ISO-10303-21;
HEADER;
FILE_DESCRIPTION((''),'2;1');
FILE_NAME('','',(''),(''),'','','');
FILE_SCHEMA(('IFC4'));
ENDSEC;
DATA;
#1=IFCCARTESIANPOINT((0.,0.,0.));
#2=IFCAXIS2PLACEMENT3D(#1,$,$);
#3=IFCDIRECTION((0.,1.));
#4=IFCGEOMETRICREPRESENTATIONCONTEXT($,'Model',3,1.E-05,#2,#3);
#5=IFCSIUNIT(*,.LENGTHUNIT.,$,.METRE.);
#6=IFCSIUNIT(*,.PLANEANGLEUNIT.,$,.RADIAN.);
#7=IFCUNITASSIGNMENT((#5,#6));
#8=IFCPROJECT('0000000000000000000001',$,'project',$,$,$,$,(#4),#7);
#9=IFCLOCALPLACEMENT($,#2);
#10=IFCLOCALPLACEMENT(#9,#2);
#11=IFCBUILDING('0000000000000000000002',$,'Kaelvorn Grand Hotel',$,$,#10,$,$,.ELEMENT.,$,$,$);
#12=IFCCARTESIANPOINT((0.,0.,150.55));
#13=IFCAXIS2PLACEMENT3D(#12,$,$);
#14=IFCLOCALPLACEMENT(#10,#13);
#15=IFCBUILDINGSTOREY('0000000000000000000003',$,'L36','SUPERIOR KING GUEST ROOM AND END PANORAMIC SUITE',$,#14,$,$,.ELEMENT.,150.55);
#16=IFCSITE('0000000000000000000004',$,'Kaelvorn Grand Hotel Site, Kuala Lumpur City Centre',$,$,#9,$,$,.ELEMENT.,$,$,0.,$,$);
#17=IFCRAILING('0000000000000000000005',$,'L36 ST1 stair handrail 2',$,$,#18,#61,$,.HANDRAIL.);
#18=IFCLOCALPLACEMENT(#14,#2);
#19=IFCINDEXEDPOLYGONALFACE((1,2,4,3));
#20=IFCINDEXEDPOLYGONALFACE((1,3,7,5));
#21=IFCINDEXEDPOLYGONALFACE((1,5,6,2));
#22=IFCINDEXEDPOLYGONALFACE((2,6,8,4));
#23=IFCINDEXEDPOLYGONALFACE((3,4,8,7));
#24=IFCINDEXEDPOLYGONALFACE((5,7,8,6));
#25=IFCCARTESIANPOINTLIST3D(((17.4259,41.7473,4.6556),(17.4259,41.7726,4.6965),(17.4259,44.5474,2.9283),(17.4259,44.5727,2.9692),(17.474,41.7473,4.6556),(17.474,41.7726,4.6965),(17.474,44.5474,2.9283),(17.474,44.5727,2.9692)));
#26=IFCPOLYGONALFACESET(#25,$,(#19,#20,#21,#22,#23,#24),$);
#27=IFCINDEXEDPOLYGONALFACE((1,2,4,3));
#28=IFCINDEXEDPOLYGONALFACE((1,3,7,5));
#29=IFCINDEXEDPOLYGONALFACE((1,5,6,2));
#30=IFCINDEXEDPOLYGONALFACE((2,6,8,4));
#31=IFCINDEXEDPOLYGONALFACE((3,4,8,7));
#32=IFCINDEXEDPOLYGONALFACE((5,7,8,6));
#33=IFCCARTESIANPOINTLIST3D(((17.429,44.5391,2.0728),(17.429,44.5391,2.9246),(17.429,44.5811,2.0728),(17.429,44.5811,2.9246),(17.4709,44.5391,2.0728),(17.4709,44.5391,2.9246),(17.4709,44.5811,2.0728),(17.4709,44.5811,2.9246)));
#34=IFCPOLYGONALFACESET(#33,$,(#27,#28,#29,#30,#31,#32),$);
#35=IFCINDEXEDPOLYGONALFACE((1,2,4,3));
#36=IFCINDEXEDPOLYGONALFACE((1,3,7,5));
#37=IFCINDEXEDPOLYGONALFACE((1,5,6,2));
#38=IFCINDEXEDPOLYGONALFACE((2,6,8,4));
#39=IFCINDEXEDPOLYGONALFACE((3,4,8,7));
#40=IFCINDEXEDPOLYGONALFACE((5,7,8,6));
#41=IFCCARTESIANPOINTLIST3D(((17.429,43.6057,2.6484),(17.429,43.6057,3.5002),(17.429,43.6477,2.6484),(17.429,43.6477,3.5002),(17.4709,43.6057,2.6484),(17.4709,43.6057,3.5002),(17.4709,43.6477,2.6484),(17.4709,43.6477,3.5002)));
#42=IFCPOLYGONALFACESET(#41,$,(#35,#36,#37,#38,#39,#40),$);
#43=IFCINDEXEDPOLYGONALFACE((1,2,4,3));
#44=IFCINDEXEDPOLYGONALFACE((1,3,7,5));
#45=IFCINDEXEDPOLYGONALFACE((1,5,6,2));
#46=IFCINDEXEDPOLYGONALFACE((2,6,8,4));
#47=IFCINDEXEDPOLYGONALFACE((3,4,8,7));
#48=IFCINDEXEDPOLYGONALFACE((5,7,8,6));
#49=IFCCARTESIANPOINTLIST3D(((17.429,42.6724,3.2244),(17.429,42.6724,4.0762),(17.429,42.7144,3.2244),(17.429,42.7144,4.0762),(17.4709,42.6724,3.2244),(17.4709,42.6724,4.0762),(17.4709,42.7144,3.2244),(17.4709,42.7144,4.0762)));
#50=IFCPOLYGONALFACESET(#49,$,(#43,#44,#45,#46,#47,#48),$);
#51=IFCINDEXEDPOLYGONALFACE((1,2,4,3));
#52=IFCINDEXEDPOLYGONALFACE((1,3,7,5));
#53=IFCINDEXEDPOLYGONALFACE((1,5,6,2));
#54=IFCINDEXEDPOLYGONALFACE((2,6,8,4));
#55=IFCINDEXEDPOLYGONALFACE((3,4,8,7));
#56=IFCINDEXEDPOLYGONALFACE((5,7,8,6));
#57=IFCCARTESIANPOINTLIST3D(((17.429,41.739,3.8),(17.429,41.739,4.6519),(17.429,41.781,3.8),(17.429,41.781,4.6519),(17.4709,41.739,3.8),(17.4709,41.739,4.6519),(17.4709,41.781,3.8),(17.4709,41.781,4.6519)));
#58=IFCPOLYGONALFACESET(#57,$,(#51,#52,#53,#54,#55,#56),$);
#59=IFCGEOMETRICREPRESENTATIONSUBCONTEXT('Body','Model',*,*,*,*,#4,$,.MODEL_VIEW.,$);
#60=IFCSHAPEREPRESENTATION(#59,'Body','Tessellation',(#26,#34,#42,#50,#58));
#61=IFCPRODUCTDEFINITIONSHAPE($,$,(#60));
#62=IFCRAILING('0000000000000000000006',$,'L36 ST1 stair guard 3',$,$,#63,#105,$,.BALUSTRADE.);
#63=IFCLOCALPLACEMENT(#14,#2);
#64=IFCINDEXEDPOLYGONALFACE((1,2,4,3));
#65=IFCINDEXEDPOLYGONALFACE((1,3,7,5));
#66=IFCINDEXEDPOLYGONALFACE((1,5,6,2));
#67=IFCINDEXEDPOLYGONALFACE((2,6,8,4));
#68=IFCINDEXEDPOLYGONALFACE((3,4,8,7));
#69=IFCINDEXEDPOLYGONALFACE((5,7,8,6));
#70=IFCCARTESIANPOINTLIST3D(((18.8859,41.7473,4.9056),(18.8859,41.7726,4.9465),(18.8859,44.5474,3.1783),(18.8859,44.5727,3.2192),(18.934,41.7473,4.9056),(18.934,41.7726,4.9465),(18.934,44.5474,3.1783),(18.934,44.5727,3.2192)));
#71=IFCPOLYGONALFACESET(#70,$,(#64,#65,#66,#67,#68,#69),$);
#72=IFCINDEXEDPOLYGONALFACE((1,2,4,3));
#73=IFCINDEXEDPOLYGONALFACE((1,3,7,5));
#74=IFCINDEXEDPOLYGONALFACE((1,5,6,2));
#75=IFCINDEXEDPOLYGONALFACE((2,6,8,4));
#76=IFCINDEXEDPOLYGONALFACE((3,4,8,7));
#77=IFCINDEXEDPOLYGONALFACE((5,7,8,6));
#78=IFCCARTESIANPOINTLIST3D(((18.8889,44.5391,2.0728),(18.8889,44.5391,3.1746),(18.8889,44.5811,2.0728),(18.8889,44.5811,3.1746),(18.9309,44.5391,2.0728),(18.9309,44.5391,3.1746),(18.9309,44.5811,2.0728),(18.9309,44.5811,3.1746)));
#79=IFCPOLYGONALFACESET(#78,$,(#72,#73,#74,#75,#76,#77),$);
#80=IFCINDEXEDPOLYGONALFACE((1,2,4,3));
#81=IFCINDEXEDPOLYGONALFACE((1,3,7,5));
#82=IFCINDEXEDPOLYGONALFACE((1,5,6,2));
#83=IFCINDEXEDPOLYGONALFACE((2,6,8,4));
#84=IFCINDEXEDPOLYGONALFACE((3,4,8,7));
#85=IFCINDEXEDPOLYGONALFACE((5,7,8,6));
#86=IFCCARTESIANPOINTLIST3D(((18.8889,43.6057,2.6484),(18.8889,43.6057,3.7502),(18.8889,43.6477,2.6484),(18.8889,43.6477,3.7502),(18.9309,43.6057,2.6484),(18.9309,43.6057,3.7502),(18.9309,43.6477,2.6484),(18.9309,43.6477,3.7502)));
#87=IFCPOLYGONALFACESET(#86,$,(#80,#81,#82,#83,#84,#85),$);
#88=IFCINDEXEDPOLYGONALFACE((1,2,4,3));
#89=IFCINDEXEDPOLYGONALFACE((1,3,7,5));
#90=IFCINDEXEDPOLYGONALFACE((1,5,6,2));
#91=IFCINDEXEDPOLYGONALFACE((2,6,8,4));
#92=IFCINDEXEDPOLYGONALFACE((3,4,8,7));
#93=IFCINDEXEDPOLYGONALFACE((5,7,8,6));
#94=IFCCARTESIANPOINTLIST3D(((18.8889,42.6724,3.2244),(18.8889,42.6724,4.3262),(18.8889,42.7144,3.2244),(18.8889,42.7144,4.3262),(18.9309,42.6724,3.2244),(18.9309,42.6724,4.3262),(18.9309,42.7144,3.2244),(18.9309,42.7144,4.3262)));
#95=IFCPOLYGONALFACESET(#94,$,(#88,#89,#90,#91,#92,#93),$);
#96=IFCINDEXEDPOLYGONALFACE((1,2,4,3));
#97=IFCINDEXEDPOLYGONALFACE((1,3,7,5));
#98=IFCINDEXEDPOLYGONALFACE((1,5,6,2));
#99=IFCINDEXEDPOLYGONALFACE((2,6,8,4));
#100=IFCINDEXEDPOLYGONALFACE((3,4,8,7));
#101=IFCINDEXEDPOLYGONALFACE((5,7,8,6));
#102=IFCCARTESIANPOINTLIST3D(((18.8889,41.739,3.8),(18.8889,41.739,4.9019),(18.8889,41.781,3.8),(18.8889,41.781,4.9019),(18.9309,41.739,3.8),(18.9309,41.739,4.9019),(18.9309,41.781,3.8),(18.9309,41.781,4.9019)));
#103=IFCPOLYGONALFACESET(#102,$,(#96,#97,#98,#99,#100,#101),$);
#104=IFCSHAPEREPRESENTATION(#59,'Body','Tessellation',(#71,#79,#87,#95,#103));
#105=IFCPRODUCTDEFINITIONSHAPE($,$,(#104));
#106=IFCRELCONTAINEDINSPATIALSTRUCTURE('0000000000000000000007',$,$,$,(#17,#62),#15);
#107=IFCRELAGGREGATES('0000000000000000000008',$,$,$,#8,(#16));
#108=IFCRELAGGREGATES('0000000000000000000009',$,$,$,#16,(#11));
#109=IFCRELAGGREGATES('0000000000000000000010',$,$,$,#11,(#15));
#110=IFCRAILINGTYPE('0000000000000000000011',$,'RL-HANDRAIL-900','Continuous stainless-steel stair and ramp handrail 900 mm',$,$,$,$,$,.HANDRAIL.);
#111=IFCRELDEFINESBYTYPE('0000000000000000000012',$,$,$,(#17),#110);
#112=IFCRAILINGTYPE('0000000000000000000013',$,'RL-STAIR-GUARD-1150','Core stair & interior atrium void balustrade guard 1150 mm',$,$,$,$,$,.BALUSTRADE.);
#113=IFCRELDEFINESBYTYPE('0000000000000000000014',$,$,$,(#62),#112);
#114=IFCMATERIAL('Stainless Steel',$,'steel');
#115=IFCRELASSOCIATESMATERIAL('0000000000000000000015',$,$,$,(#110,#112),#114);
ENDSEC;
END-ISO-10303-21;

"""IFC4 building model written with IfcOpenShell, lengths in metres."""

from ifc_helpers import new_model, si_unit, direction, frame, origin, origin_2d, place, context, subcontext, project, spatial, rectangle, extrude, material, type_object, element, save


model = new_model("IFC4")

# Units and contexts
model_context = context("Model", 3, precision=1e-05, world=origin(), true_north=direction((0.0, 1.0)))
body_context = subcontext(model_context, "Body", "Model", "MODEL_VIEW")
ifc_project = project(units=[si_unit("LENGTHUNIT", "METRE"), si_unit("PLANEANGLEUNIT", "RADIAN")], contexts=[model_context])

# Site, building, storey
site_placement = place(None, origin())
site = spatial("IfcSite", under=ifc_project, at=site_placement, Name="Kaelvorn Grand Hotel Site, Kuala Lumpur City Centre", CompositionType="ELEMENT", RefElevation=0.0)
building_placement = place(site_placement, origin())
building = spatial("IfcBuilding", under=site, at=building_placement, Name="Kaelvorn Grand Hotel", CompositionType="ELEMENT")
storey_placement = place(building_placement, frame((0.0, 0.0, 150.55)))
storey = spatial("IfcBuildingStorey", under=building, at=storey_placement, Name="L36", Description="SUPERIOR KING GUEST ROOM AND END PANORAMIC SUITE", CompositionType="ELEMENT", Elevation=150.55)

# Railings
ifc_material_1 = material(Name="Stainless Steel", Category="steel")
railing_type_1 = type_object("IfcRailingType", Name="RL-HANDRAIL-900", Description="Continuous stainless-steel stair and ramp handrail 900 mm", PredefinedType="HANDRAIL", material=ifc_material_1)
railing_1_placement = place(storey_placement, frame((17.45, 44.5601, 2.0728)))
element("IfcRailing", 1, at=railing_1_placement, inside=storey, type_object=railing_type_1, Name="L36 ST1 stair handrail 2", PredefinedType="HANDRAIL", context=body_context, shape_type="SweptSolid", body=[
    extrude(rectangle(XDim=0.0481, YDim=0.0481, at=origin_2d()), frame((0.0, 0.0, 0.876), z_axis=(0.0, -0.85109, 0.52502), x_axis=(1.0, 0.0, 0.0)), (0.0, 0.0, 1.0), 3.29),
    extrude(rectangle(XDim=0.042, YDim=0.042, at=origin_2d()), origin(), (0.0, 0.0, 1.0), 0.8518),
    extrude(rectangle(XDim=0.042, YDim=0.042, at=origin_2d()), frame((0.0, -0.9333, 0.5757)), (0.0, 0.0, 1.0), 0.8518),
    extrude(rectangle(XDim=0.042, YDim=0.042, at=origin_2d()), frame((0.0, -1.8667, 1.1516)), (0.0, 0.0, 1.0), 0.8518),
    extrude(rectangle(XDim=0.042, YDim=0.042, at=origin_2d()), frame((0.0, -2.8, 1.7273)), (0.0, 0.0, 1.0), 0.8518),
])
railing_type_2 = type_object("IfcRailingType", Name="RL-STAIR-GUARD-1150", Description="Core stair & interior atrium void balustrade guard 1150 mm", PredefinedType="BALUSTRADE", material=ifc_material_1)
railing_2_placement = place(storey_placement, frame((18.9099, 44.5601, 2.0728)))
element("IfcRailing", 2, at=railing_2_placement, inside=storey, type_object=railing_type_2, Name="L36 ST1 stair guard 3", PredefinedType="BALUSTRADE", context=body_context, shape_type="SweptSolid", body=[
    extrude(rectangle(XDim=0.0481, YDim=0.0481, at=origin_2d()), frame((0.0, 0.0, 1.126), z_axis=(0.0, -0.85109, 0.52502), x_axis=(1.0, 0.0, 0.0)), (0.0, 0.0, 1.0), 3.29),
    extrude(rectangle(XDim=0.042, YDim=0.042, at=origin_2d()), origin(), (0.0, 0.0, 1.0), 1.1018),
    extrude(rectangle(XDim=0.042, YDim=0.042, at=origin_2d()), frame((0.0, -0.9333, 0.5757)), (0.0, 0.0, 1.0), 1.1018),
    extrude(rectangle(XDim=0.042, YDim=0.042, at=origin_2d()), frame((0.0, -1.8667, 1.1516)), (0.0, 0.0, 1.0), 1.1018),
    extrude(rectangle(XDim=0.042, YDim=0.042, at=origin_2d()), frame((0.0, -2.8, 1.7273)), (0.0, 0.0, 1.0), 1.1018),
])

save(model, "model.ifc")
